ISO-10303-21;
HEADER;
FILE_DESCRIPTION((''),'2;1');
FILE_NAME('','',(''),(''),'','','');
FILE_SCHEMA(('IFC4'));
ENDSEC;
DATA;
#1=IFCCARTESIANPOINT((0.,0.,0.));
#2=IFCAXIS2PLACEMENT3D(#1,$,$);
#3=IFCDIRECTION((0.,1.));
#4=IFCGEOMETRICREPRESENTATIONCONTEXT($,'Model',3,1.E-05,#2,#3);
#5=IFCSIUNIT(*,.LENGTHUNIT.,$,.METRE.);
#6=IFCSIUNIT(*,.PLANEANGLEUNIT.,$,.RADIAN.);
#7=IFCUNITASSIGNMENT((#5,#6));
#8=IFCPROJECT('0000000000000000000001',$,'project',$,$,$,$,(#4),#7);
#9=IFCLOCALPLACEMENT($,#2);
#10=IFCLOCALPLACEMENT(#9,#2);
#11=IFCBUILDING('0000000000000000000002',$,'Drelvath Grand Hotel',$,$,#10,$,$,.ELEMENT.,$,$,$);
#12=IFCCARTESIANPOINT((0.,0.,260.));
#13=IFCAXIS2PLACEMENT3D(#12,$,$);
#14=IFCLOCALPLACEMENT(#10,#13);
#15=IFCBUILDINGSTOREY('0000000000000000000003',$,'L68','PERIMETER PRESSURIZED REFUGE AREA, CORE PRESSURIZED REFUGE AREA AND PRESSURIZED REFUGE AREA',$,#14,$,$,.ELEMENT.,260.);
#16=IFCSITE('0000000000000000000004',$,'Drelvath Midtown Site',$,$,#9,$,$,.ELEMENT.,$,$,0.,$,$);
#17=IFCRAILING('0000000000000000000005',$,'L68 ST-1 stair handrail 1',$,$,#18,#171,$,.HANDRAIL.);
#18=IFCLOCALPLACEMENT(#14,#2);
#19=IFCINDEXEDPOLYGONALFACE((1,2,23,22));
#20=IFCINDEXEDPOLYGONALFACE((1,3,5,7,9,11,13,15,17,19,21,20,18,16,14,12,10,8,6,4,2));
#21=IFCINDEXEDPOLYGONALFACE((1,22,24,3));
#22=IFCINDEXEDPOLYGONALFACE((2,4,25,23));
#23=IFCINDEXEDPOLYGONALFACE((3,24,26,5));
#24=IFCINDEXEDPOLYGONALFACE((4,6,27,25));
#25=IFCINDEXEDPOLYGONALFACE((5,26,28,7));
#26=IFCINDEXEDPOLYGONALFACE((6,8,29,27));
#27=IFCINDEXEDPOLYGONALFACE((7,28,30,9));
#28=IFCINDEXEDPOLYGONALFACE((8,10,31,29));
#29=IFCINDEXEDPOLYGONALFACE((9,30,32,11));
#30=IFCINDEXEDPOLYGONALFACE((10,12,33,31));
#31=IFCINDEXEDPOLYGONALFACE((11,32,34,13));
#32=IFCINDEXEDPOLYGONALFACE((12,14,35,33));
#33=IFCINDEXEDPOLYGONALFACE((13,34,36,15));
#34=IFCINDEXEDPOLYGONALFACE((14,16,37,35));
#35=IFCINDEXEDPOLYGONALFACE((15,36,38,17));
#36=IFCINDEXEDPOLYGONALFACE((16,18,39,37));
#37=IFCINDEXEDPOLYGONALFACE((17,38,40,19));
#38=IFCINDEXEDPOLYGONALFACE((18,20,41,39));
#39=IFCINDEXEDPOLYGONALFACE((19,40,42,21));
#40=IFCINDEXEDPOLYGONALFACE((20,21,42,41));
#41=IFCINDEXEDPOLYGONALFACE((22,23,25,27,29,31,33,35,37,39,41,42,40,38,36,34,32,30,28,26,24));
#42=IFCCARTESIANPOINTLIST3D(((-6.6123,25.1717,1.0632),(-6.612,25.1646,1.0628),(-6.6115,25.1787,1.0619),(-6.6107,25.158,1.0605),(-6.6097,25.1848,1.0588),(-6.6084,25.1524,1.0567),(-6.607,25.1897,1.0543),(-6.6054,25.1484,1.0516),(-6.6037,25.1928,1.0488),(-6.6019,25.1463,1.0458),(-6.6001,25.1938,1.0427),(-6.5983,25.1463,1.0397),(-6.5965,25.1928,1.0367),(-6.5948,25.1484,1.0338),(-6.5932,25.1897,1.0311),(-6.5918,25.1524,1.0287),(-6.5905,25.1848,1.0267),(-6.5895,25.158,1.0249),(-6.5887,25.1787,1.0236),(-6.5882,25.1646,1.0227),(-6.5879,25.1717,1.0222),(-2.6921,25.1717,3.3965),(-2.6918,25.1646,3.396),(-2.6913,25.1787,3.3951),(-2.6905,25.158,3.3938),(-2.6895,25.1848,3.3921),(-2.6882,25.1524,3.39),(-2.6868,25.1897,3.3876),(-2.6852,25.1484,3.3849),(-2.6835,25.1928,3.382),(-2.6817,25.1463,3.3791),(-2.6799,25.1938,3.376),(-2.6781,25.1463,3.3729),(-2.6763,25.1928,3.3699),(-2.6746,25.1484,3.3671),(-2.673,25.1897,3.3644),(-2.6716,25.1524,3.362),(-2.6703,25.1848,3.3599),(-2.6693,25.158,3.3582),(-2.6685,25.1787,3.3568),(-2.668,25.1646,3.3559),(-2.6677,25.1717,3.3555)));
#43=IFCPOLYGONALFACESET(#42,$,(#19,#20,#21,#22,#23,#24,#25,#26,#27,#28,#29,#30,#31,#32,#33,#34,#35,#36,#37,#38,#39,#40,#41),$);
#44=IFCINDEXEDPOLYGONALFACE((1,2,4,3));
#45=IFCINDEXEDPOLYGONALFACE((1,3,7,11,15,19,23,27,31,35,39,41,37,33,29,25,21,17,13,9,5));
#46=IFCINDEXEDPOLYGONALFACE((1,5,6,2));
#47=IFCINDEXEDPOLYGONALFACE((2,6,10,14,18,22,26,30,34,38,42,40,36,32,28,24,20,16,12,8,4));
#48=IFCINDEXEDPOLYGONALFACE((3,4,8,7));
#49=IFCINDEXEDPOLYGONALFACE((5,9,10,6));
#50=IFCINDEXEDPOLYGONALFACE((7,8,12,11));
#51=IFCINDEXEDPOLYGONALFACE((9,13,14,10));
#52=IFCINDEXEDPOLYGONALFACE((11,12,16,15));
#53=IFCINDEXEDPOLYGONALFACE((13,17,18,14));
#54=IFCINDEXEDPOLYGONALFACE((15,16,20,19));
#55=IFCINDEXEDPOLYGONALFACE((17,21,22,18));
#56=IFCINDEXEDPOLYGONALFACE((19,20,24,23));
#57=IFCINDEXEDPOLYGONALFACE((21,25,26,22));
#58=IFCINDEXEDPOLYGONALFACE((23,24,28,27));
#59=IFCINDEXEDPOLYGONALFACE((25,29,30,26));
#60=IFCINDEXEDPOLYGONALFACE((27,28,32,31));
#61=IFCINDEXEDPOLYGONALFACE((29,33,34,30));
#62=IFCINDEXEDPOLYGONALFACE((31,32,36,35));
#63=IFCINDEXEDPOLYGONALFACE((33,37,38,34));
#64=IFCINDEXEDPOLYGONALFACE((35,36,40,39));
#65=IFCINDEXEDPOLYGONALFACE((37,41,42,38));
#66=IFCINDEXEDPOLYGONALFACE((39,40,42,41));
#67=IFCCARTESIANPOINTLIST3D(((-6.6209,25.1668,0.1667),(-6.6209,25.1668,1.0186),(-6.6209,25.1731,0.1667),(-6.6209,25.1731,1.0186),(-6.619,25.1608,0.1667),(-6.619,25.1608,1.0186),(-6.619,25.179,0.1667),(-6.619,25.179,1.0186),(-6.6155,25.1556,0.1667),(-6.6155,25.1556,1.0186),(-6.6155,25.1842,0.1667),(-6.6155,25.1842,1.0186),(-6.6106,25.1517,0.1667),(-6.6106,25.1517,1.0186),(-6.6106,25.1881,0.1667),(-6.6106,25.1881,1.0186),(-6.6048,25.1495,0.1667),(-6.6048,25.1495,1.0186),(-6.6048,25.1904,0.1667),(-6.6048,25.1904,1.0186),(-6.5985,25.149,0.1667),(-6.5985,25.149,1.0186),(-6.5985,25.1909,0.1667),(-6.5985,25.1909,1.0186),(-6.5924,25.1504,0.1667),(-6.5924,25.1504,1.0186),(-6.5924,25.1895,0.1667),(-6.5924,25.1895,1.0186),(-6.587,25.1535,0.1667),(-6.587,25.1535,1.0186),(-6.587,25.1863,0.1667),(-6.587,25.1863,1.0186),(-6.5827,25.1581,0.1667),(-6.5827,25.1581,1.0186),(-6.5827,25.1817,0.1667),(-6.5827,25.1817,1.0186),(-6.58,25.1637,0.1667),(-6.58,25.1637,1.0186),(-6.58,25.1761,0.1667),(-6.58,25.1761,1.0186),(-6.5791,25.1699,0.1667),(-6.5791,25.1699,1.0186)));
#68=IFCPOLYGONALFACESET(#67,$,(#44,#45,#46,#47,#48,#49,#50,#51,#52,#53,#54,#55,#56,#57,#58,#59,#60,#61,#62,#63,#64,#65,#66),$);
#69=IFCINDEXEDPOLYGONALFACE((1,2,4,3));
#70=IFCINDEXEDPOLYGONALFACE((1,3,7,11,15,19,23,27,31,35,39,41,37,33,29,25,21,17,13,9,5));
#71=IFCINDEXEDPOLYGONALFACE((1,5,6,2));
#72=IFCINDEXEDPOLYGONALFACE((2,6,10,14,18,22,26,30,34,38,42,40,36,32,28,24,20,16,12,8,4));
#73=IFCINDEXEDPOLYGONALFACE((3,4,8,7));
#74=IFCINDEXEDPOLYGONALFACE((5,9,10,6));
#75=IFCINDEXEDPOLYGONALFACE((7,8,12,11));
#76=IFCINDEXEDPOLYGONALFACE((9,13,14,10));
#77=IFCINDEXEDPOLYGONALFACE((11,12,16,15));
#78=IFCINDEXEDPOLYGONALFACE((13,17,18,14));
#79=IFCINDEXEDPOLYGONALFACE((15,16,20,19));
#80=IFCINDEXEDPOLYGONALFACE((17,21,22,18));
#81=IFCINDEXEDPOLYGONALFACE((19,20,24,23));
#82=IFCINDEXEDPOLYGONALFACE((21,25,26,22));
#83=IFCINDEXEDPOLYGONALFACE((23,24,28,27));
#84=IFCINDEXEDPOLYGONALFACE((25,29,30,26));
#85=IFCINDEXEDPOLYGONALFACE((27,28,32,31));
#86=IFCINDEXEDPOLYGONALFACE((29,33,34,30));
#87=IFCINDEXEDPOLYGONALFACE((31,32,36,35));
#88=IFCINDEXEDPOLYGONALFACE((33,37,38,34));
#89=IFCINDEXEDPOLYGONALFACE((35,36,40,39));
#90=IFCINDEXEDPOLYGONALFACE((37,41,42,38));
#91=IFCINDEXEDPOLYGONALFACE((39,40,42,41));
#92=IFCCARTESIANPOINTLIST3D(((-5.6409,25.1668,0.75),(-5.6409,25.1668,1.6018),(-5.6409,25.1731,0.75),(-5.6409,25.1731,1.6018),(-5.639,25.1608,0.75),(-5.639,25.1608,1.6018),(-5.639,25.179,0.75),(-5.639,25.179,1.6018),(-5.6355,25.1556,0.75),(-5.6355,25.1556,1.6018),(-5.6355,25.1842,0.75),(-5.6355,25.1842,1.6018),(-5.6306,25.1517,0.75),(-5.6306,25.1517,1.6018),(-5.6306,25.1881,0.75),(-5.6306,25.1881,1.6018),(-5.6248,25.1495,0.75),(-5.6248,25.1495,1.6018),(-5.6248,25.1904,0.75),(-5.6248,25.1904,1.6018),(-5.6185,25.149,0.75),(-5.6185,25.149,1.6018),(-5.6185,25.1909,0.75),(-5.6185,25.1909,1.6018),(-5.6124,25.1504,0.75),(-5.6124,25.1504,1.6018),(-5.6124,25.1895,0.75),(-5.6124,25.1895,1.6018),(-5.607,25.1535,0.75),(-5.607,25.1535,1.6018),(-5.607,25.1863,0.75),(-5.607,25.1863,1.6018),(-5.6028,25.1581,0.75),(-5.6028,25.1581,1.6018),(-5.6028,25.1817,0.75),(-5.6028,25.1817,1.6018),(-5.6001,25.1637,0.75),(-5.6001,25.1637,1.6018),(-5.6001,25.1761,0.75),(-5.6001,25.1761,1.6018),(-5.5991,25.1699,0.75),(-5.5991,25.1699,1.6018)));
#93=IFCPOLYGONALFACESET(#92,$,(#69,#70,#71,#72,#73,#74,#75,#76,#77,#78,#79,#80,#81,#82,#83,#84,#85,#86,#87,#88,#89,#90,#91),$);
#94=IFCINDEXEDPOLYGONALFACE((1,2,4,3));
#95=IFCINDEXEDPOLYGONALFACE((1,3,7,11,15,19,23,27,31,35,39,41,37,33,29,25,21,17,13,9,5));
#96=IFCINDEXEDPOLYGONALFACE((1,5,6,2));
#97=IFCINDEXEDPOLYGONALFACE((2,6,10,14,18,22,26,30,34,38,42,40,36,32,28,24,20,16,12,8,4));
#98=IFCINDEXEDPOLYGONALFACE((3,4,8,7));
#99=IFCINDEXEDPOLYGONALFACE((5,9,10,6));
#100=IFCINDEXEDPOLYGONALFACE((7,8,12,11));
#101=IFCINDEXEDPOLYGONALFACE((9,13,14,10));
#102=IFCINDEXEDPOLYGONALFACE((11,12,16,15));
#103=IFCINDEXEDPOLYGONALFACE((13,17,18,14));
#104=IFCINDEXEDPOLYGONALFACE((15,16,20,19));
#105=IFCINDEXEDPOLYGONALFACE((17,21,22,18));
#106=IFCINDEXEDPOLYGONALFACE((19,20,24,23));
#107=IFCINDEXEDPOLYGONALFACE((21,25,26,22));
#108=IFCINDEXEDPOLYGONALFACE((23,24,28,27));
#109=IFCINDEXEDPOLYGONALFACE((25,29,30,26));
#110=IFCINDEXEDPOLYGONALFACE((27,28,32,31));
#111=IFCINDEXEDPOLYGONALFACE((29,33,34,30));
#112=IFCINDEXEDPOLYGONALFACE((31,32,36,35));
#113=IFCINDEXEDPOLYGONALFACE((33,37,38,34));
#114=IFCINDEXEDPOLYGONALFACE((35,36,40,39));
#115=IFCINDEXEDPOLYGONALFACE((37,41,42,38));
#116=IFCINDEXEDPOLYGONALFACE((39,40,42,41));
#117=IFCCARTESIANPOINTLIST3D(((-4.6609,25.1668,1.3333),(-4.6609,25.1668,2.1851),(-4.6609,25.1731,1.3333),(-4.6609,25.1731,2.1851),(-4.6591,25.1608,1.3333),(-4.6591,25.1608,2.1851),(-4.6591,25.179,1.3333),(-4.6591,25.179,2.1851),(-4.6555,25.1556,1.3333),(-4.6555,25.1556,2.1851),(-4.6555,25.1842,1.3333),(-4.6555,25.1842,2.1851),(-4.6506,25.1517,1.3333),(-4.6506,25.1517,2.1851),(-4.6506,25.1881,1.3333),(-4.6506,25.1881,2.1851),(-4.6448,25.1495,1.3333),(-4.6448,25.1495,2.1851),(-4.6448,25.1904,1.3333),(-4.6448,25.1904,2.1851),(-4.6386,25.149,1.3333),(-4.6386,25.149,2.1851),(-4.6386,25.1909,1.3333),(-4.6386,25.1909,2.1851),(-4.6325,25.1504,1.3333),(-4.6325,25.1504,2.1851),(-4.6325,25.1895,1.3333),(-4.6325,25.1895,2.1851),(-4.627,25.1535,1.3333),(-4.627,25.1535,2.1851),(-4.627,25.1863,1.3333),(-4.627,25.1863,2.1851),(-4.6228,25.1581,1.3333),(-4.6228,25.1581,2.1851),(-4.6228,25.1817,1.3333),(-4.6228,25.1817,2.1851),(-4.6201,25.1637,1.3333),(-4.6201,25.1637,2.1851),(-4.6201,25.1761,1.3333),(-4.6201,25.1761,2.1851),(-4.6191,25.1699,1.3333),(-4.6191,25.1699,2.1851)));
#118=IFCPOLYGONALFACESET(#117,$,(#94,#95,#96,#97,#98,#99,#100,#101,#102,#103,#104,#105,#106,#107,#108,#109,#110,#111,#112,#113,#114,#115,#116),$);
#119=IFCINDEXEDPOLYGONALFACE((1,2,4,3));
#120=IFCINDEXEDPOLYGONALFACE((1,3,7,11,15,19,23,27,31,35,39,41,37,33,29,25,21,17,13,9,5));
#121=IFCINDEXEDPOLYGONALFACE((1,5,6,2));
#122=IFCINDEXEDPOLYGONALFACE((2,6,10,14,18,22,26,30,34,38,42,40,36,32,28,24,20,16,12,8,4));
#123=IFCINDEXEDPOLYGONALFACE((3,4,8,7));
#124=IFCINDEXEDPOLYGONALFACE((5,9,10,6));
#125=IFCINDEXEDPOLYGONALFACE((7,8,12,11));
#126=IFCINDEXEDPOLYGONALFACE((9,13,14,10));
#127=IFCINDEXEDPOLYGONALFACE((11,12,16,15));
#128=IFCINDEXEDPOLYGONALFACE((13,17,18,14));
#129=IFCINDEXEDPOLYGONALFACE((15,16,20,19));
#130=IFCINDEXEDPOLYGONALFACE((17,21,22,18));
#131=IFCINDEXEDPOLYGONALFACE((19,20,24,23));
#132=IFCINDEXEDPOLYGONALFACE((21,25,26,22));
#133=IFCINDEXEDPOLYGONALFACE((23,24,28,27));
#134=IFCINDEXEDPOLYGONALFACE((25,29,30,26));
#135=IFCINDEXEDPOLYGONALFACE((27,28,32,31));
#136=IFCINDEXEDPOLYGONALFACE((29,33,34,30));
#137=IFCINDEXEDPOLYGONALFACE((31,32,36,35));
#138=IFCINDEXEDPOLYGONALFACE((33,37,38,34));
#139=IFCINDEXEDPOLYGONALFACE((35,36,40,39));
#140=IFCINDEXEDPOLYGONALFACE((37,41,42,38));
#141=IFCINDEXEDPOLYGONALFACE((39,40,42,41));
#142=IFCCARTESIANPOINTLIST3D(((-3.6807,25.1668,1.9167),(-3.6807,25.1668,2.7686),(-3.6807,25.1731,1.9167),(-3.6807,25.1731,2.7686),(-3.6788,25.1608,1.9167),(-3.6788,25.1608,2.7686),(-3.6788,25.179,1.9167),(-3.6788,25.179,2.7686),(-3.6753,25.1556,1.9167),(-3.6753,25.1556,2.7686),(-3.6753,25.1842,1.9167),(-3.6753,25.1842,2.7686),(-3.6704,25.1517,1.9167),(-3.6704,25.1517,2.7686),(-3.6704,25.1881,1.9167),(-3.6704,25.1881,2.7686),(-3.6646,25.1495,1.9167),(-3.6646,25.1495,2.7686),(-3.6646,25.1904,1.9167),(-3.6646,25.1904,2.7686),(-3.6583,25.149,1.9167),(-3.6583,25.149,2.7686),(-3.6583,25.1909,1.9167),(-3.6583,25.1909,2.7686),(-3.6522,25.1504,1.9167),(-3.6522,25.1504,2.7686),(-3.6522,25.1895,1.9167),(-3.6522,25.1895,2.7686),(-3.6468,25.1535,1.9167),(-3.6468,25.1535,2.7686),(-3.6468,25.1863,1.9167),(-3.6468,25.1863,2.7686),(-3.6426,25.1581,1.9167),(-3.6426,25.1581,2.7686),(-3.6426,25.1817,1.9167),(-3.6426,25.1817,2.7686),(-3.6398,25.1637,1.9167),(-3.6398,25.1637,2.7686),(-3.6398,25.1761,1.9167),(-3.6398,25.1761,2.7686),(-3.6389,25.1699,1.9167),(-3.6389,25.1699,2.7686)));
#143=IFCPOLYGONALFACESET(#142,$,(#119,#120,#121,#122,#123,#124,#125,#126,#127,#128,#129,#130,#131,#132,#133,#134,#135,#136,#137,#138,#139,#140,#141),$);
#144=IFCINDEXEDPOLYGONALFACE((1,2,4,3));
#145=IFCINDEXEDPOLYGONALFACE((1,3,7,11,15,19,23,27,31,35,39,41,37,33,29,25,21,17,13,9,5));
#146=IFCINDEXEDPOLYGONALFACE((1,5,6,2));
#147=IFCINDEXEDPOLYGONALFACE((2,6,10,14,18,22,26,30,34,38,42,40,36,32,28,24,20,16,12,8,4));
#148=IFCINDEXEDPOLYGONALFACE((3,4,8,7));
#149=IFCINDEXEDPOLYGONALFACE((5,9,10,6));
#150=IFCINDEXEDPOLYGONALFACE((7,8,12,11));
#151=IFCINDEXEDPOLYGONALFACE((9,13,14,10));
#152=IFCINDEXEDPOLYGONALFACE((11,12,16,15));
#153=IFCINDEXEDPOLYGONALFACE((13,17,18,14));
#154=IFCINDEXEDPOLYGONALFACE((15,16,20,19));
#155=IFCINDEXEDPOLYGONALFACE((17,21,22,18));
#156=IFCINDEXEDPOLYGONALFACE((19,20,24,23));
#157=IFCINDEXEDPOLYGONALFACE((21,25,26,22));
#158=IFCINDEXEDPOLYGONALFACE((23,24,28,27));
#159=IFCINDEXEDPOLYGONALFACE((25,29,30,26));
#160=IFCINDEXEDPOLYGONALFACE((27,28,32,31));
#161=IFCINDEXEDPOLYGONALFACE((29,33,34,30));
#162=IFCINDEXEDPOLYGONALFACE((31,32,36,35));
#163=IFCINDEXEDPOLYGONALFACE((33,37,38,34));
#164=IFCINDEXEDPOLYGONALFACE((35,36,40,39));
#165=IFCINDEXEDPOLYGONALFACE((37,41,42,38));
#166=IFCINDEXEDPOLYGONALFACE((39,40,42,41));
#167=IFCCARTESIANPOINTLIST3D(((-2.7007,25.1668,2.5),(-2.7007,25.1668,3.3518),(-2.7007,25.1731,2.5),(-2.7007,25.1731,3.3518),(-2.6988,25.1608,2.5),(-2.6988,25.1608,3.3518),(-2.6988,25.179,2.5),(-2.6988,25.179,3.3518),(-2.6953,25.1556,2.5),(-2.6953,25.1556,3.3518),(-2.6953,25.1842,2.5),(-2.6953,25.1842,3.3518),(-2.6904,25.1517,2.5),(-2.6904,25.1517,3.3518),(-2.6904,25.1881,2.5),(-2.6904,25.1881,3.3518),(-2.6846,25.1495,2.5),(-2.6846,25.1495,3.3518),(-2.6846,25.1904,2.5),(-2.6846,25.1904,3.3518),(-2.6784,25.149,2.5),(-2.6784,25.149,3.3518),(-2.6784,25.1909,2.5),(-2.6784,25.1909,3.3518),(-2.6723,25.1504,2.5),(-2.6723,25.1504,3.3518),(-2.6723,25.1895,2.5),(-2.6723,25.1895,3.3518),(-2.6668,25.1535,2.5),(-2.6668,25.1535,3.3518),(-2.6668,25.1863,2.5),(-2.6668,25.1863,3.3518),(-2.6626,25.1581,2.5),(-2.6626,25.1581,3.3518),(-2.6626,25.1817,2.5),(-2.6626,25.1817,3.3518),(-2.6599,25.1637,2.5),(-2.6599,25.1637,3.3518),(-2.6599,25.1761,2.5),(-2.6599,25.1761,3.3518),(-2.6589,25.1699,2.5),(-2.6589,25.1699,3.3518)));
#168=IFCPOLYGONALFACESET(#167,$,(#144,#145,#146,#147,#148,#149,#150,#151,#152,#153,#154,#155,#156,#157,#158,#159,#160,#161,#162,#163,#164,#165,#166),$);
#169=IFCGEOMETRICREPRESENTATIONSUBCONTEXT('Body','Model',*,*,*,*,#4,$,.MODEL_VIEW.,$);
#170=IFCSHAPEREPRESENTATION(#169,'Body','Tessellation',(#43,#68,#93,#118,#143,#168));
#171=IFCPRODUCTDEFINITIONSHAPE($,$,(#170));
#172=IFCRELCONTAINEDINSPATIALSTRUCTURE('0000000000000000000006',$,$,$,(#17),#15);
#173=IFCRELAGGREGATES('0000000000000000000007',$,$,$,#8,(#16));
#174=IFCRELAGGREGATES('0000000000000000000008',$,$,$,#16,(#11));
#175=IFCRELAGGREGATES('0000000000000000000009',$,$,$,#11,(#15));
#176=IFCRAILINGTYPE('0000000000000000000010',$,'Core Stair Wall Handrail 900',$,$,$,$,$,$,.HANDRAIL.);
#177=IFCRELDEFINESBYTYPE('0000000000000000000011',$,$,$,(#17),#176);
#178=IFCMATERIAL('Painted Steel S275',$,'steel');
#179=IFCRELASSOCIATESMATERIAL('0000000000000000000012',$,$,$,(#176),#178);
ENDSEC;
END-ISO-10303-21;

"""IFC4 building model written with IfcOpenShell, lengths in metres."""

from ifc_helpers import new_model, si_unit, direction, frame, origin, origin_2d, place, context, subcontext, project, spatial, circle, extrude, material, type_object, element, save


model = new_model("IFC4")

# Units and contexts
model_context = context("Model", 3, precision=1e-05, world=origin(), true_north=direction((0.0, 1.0)))
body_context = subcontext(model_context, "Body", "Model", "MODEL_VIEW")
ifc_project = project(units=[si_unit("LENGTHUNIT", "METRE"), si_unit("PLANEANGLEUNIT", "RADIAN")], contexts=[model_context])

# Site, building, storey
site_placement = place(None, origin())
site = spatial("IfcSite", under=ifc_project, at=site_placement, Name="Drelvath Midtown Site", CompositionType="ELEMENT", RefElevation=0.0)
building_placement = place(site_placement, origin())
building = spatial("IfcBuilding", under=site, at=building_placement, Name="Drelvath Grand Hotel", CompositionType="ELEMENT")
storey_placement = place(building_placement, frame((0.0, 0.0, 260.0)))
storey = spatial("IfcBuildingStorey", under=building, at=storey_placement, Name="L68", Description="PERIMETER PRESSURIZED REFUGE AREA, CORE PRESSURIZED REFUGE AREA AND PRESSURIZED REFUGE AREA", CompositionType="ELEMENT", Elevation=260.0)

# Shared definitions
ifc_material_1 = material(Name="Painted Steel S275", Category="steel")

# Railing
railing_type_1 = type_object("IfcRailingType", Name="Core Stair Wall Handrail 900", PredefinedType="HANDRAIL", material=ifc_material_1)
railing_1_placement = place(storey_placement, frame((-6.6001, 25.1699, 0.1667)))
element("IfcRailing", 1, at=railing_1_placement, inside=storey, type_object=railing_type_1, Name="L68 ST-1 stair handrail 1", PredefinedType="HANDRAIL", context=body_context, shape_type="SweptSolid", body=[
    extrude(circle(Radius=0.0239, at=origin_2d()), frame((0.0, 0.0, 0.876), z_axis=(0.85931, 0.0, 0.511455), x_axis=(0.0, 1.0, 0.0)), (0.0, 0.0, 1.0), 4.562),
    extrude(circle(Radius=0.021, at=origin_2d()), origin(), (0.0, 0.0, 1.0), 0.8518),
    extrude(circle(Radius=0.021, at=origin_2d()), frame((0.98, 0.0, 0.5833)), (0.0, 0.0, 1.0), 0.8518),
    extrude(circle(Radius=0.021, at=origin_2d()), frame((1.96, 0.0, 1.1665)), (0.0, 0.0, 1.0), 0.8518),
    extrude(circle(Radius=0.021, at=origin_2d()), frame((2.9402, 0.0, 1.75)), (0.0, 0.0, 1.0), 0.8518),
    extrude(circle(Radius=0.021, at=origin_2d()), frame((3.9202, 0.0, 2.3333)), (0.0, 0.0, 1.0), 0.8518),
])

save(model, "model.ifc")
